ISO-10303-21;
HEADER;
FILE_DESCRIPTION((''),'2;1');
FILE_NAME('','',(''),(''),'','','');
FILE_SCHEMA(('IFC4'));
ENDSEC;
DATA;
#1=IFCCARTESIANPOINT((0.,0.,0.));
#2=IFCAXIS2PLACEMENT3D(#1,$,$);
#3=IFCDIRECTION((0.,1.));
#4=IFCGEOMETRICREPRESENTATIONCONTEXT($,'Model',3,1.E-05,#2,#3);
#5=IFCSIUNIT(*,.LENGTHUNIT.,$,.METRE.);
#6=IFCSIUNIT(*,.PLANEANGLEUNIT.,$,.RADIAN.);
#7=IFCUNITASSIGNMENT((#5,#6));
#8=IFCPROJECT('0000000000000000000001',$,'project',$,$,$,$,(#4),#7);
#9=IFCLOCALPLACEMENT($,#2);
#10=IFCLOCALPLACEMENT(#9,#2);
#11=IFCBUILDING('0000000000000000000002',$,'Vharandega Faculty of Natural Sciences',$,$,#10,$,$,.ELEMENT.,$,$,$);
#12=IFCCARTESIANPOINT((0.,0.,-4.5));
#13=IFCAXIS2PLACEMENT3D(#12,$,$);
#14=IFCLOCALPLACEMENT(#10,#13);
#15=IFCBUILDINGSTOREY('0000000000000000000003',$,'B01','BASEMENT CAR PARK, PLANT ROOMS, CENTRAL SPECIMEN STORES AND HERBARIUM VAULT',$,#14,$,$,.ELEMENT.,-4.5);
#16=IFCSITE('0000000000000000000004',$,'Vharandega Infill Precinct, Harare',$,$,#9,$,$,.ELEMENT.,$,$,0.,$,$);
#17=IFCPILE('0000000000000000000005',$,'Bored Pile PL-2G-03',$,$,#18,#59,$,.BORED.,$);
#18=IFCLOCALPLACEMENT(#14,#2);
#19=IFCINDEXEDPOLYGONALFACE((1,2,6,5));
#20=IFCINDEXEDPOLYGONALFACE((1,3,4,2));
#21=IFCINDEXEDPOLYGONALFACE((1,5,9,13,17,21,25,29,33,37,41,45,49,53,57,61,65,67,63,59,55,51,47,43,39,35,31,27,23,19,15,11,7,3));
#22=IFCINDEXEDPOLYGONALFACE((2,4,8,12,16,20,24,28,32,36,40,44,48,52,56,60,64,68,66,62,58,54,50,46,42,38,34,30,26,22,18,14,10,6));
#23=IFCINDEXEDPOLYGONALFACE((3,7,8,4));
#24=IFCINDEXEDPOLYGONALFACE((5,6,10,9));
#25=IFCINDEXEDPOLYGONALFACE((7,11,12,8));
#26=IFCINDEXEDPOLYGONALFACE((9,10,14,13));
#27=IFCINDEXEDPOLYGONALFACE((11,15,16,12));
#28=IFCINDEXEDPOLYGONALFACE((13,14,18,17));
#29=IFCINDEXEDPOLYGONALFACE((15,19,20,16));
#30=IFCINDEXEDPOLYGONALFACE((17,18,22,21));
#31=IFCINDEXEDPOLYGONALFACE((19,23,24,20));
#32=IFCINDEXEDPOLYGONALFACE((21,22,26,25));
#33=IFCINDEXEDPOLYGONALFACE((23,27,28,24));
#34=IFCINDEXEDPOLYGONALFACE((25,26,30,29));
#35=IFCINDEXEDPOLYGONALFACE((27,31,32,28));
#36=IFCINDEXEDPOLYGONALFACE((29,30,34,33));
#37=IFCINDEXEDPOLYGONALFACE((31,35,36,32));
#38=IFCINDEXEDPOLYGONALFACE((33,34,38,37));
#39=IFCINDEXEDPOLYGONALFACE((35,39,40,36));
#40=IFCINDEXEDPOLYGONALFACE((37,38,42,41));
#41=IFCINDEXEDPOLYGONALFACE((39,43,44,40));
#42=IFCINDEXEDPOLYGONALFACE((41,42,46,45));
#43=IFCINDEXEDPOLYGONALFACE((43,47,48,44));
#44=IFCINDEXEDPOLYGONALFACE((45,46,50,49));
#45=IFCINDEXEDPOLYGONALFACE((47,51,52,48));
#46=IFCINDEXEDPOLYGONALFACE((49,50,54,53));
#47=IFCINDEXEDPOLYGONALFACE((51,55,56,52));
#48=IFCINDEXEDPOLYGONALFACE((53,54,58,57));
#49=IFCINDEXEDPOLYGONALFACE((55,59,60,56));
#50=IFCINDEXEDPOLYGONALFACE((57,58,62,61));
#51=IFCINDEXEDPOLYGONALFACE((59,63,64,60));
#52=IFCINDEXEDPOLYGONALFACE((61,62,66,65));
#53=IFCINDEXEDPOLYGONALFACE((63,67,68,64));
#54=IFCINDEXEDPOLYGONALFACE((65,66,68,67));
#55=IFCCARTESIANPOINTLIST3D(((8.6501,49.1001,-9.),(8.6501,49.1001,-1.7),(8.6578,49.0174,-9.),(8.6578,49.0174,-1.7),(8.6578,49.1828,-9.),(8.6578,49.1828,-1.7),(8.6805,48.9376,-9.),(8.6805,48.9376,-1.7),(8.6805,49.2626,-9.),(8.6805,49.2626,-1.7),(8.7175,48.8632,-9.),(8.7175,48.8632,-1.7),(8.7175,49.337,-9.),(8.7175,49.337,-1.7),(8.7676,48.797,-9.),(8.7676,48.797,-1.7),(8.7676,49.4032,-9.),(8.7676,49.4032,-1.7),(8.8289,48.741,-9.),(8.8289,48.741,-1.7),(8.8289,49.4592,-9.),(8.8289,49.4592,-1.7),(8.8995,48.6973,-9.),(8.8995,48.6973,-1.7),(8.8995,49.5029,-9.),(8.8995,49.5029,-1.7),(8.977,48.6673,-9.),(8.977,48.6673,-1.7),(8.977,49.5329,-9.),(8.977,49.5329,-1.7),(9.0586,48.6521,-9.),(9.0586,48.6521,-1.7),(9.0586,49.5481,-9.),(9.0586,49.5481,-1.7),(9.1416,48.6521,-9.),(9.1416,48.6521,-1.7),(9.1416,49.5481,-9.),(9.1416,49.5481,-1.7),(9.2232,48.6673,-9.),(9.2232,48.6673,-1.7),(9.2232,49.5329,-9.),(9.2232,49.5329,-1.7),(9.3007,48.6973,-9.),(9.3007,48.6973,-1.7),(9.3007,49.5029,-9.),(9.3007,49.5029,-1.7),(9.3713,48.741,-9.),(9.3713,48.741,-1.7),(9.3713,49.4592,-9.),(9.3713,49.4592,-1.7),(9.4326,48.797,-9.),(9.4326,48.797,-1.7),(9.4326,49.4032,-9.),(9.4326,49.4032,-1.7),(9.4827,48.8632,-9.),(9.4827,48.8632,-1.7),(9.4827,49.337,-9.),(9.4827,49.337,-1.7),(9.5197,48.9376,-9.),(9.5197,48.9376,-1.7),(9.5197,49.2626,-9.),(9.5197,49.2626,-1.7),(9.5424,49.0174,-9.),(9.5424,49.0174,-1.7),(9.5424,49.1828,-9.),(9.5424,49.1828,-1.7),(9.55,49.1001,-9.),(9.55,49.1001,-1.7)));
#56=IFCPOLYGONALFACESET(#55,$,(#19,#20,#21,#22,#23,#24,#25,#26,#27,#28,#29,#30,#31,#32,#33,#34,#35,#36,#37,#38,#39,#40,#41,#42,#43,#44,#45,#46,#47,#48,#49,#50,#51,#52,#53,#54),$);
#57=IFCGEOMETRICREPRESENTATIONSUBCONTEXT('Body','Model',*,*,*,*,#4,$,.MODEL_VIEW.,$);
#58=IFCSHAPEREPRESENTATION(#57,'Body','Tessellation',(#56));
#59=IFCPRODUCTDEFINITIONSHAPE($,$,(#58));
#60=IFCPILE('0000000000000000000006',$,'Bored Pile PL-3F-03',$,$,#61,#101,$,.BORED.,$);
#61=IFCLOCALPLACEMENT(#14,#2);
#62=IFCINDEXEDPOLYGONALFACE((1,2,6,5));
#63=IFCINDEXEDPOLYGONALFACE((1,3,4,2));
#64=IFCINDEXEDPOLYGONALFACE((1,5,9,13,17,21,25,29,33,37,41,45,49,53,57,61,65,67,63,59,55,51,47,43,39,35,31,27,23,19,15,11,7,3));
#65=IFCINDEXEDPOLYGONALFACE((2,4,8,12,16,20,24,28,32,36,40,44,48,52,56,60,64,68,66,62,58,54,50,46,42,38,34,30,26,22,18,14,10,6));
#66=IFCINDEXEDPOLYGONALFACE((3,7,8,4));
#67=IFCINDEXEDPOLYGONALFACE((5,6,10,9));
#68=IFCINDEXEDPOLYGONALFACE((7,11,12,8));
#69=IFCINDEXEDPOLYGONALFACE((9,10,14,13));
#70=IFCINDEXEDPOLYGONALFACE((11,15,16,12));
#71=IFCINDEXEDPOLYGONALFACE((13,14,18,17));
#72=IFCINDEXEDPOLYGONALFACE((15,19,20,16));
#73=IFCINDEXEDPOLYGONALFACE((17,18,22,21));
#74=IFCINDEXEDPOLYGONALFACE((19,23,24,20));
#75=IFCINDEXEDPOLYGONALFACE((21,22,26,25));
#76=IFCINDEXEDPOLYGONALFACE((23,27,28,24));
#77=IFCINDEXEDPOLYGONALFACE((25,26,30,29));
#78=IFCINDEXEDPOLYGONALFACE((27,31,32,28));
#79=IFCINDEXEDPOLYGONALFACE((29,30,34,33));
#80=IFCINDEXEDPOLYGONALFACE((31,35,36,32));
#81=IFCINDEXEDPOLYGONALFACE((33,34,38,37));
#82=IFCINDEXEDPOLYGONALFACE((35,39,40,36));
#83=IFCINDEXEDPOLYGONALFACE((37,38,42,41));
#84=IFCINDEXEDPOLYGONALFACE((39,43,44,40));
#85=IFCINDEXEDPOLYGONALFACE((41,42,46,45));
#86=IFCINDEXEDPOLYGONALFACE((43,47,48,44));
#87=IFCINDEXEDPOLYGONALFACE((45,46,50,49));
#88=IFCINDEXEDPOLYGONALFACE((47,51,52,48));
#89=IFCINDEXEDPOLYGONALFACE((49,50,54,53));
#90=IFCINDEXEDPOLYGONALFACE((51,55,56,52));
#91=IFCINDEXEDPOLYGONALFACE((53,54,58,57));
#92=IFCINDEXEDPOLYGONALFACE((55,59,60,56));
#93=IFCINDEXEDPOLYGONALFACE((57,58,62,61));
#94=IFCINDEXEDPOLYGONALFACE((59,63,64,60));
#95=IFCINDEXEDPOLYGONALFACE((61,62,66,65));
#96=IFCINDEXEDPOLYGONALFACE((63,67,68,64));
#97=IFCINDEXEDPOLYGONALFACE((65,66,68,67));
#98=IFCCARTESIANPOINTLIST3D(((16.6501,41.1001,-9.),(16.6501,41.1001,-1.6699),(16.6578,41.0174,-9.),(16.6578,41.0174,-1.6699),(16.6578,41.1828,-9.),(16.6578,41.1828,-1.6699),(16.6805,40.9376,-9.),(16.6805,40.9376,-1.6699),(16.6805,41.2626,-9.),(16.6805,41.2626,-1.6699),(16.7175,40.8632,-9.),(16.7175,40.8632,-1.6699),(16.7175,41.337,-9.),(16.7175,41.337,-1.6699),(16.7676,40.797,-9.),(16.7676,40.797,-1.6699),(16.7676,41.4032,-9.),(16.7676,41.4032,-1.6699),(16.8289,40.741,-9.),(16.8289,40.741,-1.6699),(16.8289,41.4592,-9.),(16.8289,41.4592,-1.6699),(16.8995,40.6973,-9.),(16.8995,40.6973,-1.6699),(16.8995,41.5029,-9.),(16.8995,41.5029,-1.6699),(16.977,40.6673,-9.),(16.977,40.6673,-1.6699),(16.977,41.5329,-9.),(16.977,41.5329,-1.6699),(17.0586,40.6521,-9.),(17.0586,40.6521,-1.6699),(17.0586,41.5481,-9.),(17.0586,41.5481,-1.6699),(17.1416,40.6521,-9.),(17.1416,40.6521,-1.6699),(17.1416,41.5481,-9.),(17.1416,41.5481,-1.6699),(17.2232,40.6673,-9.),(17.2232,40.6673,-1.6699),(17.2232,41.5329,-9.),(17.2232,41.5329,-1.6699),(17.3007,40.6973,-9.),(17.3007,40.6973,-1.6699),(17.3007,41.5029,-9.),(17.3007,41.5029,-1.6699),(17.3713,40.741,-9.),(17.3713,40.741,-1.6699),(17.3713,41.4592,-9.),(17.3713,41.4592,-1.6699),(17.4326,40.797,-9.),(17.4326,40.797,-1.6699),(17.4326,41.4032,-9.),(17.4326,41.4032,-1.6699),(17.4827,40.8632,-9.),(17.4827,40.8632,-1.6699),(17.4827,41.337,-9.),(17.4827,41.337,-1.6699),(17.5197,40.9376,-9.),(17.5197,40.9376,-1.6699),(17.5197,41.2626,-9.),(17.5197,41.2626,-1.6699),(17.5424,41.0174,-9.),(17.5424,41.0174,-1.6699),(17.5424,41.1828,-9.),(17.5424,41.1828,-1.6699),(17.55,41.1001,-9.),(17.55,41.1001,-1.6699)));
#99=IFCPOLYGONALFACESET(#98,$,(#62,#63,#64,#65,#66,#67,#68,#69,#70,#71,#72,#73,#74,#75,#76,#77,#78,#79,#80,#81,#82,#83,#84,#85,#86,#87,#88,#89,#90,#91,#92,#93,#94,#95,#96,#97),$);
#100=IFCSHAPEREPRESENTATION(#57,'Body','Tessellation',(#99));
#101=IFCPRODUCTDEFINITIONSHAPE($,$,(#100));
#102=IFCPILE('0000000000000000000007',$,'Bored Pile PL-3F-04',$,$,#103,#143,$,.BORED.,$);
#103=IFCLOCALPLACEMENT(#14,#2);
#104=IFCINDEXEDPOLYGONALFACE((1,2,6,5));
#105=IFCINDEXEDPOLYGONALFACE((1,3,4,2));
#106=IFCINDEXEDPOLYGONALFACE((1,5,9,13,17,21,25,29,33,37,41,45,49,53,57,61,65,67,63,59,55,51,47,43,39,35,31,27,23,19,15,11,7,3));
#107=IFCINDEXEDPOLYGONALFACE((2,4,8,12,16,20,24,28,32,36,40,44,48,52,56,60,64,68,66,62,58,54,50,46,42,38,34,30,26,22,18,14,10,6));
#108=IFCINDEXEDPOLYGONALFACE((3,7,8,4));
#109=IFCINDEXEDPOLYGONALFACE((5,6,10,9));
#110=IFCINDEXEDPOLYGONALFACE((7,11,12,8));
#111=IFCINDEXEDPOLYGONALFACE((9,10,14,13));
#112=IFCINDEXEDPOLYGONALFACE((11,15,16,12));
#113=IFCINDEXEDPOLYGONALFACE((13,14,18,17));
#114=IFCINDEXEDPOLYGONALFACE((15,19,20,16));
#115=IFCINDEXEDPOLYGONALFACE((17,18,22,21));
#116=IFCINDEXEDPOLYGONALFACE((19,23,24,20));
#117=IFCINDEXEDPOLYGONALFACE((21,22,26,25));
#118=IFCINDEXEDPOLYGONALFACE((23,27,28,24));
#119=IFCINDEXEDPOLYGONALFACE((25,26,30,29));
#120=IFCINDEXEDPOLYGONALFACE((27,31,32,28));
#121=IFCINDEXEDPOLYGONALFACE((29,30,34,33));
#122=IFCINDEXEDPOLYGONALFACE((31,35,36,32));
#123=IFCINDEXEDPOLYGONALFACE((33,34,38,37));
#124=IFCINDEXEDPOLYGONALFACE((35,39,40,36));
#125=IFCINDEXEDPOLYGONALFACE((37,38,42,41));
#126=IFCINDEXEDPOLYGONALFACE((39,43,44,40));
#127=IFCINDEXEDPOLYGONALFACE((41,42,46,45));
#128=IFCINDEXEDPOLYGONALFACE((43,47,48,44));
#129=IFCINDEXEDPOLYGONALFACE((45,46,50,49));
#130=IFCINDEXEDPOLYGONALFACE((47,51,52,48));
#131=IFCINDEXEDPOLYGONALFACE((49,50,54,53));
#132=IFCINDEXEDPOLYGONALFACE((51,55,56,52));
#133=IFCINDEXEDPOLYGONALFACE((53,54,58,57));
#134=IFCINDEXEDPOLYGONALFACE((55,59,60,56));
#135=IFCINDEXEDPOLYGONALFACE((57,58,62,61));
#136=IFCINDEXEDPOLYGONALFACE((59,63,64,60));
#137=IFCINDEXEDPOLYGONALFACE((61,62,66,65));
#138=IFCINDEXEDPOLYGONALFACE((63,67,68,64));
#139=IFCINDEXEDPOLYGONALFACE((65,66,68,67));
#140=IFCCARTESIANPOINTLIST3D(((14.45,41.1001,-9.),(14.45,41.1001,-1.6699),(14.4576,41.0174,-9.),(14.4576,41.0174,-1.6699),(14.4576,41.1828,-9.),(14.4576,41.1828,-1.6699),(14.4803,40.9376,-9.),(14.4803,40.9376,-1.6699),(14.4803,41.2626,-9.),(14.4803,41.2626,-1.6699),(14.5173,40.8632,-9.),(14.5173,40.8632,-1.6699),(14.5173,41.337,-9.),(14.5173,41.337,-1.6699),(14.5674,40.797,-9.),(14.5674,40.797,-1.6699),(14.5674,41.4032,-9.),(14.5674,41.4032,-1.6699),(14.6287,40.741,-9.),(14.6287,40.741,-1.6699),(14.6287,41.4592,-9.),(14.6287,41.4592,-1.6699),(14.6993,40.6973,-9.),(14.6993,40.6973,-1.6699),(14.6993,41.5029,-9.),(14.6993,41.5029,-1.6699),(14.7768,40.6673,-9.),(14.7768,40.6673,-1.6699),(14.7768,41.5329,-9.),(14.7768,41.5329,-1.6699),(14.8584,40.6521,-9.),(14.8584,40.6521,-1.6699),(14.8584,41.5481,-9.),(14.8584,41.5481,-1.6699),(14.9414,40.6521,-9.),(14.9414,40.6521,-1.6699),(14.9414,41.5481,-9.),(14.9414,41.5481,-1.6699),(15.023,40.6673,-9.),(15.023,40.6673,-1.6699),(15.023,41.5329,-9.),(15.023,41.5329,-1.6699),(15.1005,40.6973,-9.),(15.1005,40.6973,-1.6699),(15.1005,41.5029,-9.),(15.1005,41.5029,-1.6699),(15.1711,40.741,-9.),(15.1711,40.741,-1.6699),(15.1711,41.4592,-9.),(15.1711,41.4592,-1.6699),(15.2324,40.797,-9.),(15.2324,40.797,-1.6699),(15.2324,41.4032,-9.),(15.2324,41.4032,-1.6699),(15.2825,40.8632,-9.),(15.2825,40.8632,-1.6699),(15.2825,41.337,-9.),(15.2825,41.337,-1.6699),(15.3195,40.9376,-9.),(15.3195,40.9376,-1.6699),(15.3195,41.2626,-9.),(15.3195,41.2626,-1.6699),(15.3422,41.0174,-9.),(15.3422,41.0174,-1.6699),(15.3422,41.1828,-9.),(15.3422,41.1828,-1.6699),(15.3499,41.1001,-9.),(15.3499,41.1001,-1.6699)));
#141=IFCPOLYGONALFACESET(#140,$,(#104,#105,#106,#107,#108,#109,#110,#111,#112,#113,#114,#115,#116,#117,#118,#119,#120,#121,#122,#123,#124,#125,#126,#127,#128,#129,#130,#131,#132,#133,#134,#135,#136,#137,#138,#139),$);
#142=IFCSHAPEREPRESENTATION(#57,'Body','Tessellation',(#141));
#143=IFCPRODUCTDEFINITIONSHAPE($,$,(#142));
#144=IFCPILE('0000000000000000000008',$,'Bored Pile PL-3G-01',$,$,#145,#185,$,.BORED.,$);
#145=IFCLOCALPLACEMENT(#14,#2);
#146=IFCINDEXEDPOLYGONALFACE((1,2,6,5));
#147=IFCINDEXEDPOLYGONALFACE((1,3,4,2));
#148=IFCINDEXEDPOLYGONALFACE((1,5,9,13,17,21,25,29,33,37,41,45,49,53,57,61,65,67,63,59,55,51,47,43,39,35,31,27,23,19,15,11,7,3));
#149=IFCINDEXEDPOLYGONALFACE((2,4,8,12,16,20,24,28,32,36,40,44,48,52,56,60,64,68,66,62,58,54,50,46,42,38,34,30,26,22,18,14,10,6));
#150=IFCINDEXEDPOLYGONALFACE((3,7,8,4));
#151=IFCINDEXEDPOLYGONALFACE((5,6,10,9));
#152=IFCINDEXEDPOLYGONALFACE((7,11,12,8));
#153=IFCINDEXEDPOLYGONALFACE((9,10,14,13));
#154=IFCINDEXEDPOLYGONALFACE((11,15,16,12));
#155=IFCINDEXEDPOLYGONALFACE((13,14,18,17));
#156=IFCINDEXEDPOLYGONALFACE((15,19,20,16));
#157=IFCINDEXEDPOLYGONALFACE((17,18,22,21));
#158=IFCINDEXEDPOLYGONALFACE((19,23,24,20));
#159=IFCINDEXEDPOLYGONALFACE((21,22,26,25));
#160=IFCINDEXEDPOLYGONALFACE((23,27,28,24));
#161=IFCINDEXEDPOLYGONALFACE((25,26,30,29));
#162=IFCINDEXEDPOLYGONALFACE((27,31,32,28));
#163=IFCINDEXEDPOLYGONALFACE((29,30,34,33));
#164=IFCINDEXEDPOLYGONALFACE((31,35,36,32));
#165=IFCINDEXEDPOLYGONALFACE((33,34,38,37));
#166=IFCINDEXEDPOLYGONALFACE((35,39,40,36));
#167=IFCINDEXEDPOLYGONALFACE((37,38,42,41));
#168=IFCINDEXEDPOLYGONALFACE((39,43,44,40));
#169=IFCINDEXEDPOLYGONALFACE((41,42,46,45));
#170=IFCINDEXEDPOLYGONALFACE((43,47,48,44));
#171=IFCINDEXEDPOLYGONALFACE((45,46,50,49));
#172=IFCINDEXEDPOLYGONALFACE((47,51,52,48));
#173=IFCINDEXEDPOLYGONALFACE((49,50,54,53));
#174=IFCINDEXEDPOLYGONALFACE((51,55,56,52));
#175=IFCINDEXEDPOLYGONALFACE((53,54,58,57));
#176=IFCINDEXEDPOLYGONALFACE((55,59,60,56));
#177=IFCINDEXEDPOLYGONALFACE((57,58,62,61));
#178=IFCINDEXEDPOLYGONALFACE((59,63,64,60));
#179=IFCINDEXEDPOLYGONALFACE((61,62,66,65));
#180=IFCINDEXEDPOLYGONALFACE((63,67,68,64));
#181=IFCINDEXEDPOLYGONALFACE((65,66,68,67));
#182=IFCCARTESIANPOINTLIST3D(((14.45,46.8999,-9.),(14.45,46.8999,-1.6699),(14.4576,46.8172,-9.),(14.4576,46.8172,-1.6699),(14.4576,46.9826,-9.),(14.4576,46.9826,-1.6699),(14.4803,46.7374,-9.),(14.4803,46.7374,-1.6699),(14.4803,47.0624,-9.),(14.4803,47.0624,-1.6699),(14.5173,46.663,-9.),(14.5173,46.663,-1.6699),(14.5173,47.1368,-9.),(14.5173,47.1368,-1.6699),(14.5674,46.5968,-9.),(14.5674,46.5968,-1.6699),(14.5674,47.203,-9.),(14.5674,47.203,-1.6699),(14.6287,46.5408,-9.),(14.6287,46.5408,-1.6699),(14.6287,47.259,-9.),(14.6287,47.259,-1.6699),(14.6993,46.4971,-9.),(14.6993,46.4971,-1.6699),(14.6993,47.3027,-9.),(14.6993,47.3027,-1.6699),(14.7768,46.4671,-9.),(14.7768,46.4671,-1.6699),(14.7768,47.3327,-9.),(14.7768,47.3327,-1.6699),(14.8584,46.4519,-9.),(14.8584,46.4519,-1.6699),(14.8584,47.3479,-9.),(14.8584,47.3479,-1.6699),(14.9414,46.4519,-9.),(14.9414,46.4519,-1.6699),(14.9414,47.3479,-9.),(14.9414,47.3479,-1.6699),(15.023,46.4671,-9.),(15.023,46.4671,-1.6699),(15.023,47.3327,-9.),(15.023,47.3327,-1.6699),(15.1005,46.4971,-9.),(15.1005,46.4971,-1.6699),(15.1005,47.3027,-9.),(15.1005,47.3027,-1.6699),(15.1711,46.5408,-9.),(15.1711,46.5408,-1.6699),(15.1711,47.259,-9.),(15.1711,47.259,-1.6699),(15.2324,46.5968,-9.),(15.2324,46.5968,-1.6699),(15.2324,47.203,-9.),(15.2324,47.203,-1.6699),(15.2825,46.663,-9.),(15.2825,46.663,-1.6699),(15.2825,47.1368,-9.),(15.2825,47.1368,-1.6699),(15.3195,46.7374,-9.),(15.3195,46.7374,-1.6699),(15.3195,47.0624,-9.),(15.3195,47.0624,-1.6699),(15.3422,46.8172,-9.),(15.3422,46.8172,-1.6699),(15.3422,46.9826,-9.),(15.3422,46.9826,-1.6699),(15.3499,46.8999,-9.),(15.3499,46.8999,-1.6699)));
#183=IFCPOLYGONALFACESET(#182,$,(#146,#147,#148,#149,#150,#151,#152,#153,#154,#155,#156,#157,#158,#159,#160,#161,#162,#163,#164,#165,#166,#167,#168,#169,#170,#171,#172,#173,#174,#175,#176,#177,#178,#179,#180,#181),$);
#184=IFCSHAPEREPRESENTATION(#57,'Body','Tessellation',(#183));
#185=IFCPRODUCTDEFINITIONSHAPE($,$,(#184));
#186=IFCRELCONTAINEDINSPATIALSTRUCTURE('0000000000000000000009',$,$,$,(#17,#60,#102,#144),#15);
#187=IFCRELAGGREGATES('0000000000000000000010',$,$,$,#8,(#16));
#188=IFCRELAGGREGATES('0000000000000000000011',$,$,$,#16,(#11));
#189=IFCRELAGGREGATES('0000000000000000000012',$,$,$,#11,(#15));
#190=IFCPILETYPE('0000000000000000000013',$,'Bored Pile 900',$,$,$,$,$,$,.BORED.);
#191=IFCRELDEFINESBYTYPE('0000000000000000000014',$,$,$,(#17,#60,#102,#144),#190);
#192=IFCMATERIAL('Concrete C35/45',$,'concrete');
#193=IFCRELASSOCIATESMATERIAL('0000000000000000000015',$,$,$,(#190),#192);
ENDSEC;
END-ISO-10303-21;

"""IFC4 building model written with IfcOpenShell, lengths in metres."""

from ifc_helpers import new_model, si_unit, direction, frame, origin, origin_2d, place, context, subcontext, project, spatial, circle, extrude, material, material_profile, profile_set, type_object, element, save


model = new_model("IFC4")

# Units and contexts
model_context = context("Model", 3, precision=1e-05, world=origin(), true_north=direction((0.0, 1.0)))
body_context = subcontext(model_context, "Body", "Model", "MODEL_VIEW")
ifc_project = project(units=[si_unit("LENGTHUNIT", "METRE"), si_unit("PLANEANGLEUNIT", "RADIAN")], contexts=[model_context])

# Site, building, storey
site_placement = place(None, origin())
site = spatial("IfcSite", under=ifc_project, at=site_placement, Name="Vharandega Infill Precinct, Harare", CompositionType="ELEMENT", RefElevation=0.0)
building_placement = place(site_placement, origin())
building = spatial("IfcBuilding", under=site, at=building_placement, Name="Vharandega Faculty of Natural Sciences", CompositionType="ELEMENT")
storey_placement = place(building_placement, frame((0.0, 0.0, -4.5)))
storey = spatial("IfcBuildingStorey", under=building, at=storey_placement, Name="B01", Description="BASEMENT CAR PARK, PLANT ROOMS, CENTRAL SPECIMEN STORES AND HERBARIUM VAULT", CompositionType="ELEMENT", Elevation=-4.5)

# Piles
ifc_material_1 = material(Name="Concrete C35/45", Category="concrete")
ifc_material_profile_1 = material_profile(ifc_material_1, circle(Radius=0.45, at=origin_2d()), Name="PILE 900")
ifc_profile_set_1 = profile_set([ifc_material_profile_1], Name="Concrete C35/45")
pile_type = type_object("IfcPileType", Name="Bored Pile 900", PredefinedType="BORED", material=ifc_profile_set_1)
pile_placement = place(storey_placement, frame((9.1001, 49.1001, -1.7), z_axis=(0.0, 0.0, -1.0), x_axis=(1.0, 0.0, 0.0)))
element("IfcPile", 1, at=pile_placement, inside=storey, type_object=pile_type, Name="Bored Pile PL-2G-03", PredefinedType="BORED", context=body_context, shape_type="SweptSolid", body=[
    extrude(circle(Radius=0.45, at=origin_2d()), origin(), (0.0, 0.0, 1.0), 7.3),
])
for number, where, z_axis, x_axis, name in (
    (2, (17.1001, 41.1001, -1.6699), (0.0, 0.0, -1.0), (1.0, 0.0, 0.0), "Bored Pile PL-3F-03"),
    (3, (14.8999, 41.1001, -1.6699), (0.0, 0.0, -1.0), (1.0, 0.0, 0.0), "Bored Pile PL-3F-04"),
    (4, (14.8999, 46.8999, -1.6699), (0.0, 0.0, -1.0), (1.0, 0.0, 0.0), "Bored Pile PL-3G-01"),
):
    element("IfcPile", number, at=place(storey_placement, frame(where, z_axis=z_axis, x_axis=x_axis)), inside=storey, type_object=pile_type, Name=name, PredefinedType="BORED", context=body_context, shape_type="SweptSolid", body=[
        extrude(circle(Radius=0.45, at=origin_2d()), origin(), (0.0, 0.0, 1.0), 7.3301),
    ])

save(model, "model.ifc")
